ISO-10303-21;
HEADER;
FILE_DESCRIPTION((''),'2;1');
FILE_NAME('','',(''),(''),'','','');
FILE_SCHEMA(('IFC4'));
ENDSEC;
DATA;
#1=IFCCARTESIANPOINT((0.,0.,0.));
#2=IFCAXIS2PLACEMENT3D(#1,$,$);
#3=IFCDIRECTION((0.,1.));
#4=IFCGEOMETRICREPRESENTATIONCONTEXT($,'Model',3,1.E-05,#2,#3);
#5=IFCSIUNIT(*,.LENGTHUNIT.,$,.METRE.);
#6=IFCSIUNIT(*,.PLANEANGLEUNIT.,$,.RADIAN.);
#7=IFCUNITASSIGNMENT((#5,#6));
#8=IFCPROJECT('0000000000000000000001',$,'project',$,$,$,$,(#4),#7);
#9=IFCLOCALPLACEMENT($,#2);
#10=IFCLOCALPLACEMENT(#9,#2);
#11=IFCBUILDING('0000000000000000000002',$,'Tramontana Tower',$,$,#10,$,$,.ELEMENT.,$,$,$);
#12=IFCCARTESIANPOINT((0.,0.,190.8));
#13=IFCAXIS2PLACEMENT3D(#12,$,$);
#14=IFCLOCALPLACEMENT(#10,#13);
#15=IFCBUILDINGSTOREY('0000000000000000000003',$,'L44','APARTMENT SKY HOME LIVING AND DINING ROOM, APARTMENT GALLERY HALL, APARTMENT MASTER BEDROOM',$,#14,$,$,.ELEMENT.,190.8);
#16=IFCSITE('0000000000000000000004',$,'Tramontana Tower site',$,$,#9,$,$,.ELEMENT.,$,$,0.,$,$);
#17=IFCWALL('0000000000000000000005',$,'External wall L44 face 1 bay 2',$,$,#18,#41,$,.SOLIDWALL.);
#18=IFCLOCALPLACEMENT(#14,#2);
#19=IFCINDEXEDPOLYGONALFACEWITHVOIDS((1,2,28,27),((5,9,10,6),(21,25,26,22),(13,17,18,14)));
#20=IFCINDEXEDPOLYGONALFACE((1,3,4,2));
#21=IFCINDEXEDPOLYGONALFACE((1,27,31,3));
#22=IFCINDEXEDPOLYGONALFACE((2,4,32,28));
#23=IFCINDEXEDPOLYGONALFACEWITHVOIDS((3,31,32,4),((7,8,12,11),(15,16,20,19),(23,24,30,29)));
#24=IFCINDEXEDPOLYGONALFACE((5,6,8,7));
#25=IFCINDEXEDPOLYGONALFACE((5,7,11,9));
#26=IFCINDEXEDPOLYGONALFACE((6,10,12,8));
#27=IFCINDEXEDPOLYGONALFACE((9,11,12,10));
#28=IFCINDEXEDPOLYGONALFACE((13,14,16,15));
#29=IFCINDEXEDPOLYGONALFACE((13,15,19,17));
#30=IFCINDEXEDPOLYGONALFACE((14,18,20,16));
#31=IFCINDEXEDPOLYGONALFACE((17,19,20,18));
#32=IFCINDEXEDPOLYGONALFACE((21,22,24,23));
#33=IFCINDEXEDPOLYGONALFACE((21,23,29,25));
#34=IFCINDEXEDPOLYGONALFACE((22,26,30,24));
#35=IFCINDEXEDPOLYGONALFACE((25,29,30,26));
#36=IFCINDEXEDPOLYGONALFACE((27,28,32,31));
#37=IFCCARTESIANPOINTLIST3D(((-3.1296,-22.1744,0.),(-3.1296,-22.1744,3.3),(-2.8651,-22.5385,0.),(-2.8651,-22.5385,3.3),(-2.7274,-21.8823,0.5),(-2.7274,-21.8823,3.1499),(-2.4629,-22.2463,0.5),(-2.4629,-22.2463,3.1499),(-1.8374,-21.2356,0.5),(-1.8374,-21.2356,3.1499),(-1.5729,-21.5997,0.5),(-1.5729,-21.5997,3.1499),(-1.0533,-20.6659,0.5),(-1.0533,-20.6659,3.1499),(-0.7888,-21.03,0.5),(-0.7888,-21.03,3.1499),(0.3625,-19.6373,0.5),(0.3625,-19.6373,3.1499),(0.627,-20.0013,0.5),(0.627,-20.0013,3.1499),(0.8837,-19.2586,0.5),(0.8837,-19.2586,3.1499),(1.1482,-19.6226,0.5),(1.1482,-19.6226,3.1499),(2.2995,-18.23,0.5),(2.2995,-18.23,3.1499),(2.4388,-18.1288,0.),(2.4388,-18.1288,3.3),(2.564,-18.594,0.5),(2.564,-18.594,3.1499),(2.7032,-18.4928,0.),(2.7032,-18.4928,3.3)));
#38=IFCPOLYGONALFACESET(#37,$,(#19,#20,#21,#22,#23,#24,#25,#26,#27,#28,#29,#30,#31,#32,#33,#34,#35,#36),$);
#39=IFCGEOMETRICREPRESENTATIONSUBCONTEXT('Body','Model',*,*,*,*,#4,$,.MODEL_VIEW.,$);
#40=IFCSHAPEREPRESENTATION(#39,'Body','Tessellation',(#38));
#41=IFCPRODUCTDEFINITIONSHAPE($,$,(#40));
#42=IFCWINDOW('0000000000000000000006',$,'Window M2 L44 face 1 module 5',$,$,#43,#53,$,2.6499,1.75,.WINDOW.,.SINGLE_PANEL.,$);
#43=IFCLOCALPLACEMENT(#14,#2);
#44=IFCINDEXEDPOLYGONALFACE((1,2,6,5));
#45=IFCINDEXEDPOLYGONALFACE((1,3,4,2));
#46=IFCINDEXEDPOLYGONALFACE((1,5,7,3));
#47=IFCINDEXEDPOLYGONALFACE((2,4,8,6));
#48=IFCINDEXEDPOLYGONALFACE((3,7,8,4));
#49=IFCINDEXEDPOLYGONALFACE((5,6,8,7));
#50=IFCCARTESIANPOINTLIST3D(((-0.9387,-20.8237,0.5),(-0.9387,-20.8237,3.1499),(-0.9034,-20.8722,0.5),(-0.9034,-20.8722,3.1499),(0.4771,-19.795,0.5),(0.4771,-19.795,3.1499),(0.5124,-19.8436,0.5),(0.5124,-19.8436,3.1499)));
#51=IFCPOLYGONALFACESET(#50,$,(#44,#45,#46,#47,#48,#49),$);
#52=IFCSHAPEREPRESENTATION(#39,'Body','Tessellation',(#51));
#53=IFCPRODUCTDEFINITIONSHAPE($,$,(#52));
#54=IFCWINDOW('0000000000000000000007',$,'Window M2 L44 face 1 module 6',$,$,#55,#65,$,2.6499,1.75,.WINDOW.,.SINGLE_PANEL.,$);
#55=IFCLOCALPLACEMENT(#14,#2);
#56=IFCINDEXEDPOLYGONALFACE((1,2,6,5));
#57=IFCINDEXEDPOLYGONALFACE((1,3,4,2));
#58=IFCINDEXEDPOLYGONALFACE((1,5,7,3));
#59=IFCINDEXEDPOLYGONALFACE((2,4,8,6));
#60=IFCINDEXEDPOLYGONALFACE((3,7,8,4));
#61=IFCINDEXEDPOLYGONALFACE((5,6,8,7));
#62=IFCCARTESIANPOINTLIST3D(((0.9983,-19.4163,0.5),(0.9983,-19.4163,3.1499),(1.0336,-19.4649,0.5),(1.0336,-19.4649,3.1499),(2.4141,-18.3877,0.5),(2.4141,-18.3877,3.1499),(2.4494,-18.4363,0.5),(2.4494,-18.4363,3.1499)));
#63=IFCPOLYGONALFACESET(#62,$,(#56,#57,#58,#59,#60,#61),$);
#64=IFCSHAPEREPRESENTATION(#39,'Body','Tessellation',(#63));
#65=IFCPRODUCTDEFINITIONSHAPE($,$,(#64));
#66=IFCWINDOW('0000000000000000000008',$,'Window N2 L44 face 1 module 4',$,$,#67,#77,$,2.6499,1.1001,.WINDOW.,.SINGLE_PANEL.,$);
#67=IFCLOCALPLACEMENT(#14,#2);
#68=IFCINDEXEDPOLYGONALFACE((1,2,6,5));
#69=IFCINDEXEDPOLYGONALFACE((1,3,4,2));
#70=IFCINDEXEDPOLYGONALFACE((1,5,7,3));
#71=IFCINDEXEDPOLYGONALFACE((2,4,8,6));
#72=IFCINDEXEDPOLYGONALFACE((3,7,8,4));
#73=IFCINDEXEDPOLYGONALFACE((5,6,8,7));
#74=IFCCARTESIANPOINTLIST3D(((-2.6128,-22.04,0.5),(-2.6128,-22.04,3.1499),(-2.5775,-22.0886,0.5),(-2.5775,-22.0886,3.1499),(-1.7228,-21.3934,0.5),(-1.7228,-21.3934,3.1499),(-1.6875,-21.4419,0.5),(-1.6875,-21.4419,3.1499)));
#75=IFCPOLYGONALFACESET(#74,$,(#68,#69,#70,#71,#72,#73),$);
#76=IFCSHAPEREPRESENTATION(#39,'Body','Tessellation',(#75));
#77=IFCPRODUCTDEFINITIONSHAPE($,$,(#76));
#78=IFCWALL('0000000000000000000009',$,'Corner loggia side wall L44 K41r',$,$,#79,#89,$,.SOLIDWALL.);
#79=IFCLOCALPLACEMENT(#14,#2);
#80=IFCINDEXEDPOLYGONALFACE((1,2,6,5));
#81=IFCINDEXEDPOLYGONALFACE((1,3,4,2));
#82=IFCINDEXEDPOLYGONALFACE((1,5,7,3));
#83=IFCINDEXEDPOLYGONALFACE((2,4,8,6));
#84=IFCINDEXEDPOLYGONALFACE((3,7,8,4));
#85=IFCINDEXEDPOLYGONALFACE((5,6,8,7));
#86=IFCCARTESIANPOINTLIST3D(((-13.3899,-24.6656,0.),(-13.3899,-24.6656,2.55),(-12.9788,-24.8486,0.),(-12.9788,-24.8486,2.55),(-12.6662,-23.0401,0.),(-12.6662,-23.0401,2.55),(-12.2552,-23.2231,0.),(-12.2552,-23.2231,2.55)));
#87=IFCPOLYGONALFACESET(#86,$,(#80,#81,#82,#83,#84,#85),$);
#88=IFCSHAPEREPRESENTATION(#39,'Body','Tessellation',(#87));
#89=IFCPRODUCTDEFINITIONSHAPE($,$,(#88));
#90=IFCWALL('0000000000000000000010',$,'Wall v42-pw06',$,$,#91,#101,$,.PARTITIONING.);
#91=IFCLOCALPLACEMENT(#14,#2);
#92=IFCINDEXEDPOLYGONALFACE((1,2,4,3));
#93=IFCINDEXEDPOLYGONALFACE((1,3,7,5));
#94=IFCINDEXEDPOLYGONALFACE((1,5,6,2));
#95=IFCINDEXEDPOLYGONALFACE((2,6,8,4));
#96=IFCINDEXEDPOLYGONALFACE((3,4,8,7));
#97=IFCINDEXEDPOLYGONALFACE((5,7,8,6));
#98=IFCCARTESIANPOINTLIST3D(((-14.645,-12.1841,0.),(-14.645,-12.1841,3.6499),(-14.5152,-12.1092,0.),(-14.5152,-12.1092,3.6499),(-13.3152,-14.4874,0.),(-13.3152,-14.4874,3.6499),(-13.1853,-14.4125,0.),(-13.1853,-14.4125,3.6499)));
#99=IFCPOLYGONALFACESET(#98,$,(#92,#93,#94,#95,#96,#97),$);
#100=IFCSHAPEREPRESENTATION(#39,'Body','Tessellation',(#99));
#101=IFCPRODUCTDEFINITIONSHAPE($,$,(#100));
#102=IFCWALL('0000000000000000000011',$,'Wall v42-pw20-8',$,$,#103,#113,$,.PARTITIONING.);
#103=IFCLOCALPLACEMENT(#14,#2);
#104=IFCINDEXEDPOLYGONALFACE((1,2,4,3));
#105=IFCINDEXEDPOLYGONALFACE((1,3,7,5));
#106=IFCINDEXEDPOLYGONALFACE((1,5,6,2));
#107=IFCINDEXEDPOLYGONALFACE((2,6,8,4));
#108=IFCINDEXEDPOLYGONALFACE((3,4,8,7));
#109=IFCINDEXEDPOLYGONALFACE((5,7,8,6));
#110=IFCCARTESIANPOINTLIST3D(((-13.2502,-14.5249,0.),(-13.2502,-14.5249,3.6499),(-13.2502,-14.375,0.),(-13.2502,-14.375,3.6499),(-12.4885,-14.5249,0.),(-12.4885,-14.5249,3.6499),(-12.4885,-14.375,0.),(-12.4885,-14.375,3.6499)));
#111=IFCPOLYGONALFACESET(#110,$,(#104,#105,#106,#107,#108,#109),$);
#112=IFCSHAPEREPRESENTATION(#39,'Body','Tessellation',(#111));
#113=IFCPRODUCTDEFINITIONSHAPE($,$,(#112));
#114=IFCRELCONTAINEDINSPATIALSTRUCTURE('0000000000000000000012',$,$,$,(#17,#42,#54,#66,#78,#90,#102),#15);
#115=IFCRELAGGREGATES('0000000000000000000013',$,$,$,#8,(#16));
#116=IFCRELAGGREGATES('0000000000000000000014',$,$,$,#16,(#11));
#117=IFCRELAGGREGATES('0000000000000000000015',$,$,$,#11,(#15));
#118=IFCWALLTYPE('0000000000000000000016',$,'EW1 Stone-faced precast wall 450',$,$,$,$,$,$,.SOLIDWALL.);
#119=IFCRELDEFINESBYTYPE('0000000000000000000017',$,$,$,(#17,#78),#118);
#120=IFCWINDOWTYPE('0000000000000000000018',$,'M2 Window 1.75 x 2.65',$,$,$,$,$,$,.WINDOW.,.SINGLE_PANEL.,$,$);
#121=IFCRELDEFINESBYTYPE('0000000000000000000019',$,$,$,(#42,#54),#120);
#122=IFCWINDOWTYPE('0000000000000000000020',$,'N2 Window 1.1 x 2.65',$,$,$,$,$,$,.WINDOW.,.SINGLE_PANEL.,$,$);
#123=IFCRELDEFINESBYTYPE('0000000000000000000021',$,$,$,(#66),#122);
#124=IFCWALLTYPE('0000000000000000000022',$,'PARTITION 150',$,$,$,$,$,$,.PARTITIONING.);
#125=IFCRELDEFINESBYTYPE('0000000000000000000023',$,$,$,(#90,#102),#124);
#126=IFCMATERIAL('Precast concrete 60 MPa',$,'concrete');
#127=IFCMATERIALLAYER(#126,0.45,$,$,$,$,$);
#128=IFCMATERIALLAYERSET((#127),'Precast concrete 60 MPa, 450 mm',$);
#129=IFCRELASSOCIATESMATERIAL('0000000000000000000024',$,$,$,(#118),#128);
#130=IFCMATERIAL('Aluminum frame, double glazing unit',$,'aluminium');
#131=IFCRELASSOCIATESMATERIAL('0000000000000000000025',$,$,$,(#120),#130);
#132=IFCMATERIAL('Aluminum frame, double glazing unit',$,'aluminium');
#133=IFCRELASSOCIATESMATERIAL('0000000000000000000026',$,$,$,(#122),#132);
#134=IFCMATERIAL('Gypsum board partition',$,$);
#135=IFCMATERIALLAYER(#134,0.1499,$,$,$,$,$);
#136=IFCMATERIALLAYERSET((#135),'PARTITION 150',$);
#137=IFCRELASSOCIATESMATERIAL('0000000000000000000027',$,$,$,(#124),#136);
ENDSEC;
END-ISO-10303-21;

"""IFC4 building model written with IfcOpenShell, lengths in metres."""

from ifc_helpers import new_model, si_unit, direction, frame, frame_2d, origin, place, context, subcontext, project, spatial, rectangle, extrude, material, layer, layer_set, type_object, element, fill, save


model = new_model("IFC4")

# Units and contexts
model_context = context("Model", 3, precision=1e-05, world=origin(), true_north=direction((0.0, 1.0)))
body_context = subcontext(model_context, "Body", "Model", "MODEL_VIEW")
ifc_project = project(units=[si_unit("LENGTHUNIT", "METRE"), si_unit("PLANEANGLEUNIT", "RADIAN")], contexts=[model_context])

# Site, building, storey
site_placement = place(None, origin())
site = spatial("IfcSite", under=ifc_project, at=site_placement, Name="Tramontana Tower site", CompositionType="ELEMENT", RefElevation=0.0)
building_placement = place(site_placement, origin())
building = spatial("IfcBuilding", under=site, at=building_placement, Name="Tramontana Tower", CompositionType="ELEMENT")
storey_placement = place(building_placement, frame((0.0, 0.0, 190.8)))
storey = spatial("IfcBuildingStorey", under=building, at=storey_placement, Name="L44", Description="APARTMENT SKY HOME LIVING AND DINING ROOM, APARTMENT GALLERY HALL, APARTMENT MASTER BEDROOM", CompositionType="ELEMENT", Elevation=190.8)

# Wall, openings, windows
ifc_material_1 = material(Name="Precast concrete 60 MPa", Category="concrete")
ifc_layer_1 = layer(ifc_material_1, 0.45)
ifc_layer_set_1 = layer_set([ifc_layer_1], Name="Precast concrete 60 MPa, 450 mm")
wall_type_1 = type_object("IfcWallType", Name="EW1 Stone-faced precast wall 450", PredefinedType="SOLIDWALL", material=ifc_layer_set_1)
ifc_material_2 = material(Name="Aluminum frame, double glazing unit", Category="aluminium")
window_type_1 = type_object("IfcWindowType", Name="M2 Window 1.75 x 2.65", PartitioningType="SINGLE_PANEL", PredefinedType="WINDOW", material=ifc_material_2)
wall_1_placement = place(storey_placement, frame((-2.9973, -22.3564, 0.0), z_axis=(0.0, 0.0, 1.0), x_axis=(0.809017, 0.587786, 0.0)))
wall_1 = element("IfcWall", 1, at=wall_1_placement, inside=storey, type_object=wall_type_1, Name="External wall L44 face 1 bay 2", PredefinedType="SOLIDWALL", context=body_context, shape_type="SweptSolid", body=[
    extrude(rectangle(XDim=6.8828, YDim=0.45, at=frame_2d((3.4414, 0.0))), origin(), (0.0, 0.0, 1.0), 3.3),
])
opening_1_placement = place(wall_1_placement, frame((0.4971, 0.0, 0.5)))
opening_1 = element("IfcOpeningElement", 2, at=opening_1_placement, cuts=wall_1, PredefinedType="OPENING", context=body_context, shape_type="SweptSolid", body=[
    extrude(rectangle(XDim=1.1001, YDim=2.6499, at=frame_2d((0.55, 1.325))), frame((0.0, 0.2349, 0.0), z_axis=(0.0, -1.0, 0.0), x_axis=(1.0, 0.0, 0.0)), (0.0, 0.0, 1.0), 0.47),
])
opening_2_placement = place(wall_1_placement, frame((2.5664, 0.0, 0.5)))
opening_2 = element("IfcOpeningElement", 3, at=opening_2_placement, cuts=wall_1, PredefinedType="OPENING", context=body_context, shape_type="SweptSolid", body=[
    extrude(rectangle(XDim=1.75, YDim=2.6499, at=frame_2d((0.875, 1.325))), frame((0.0, 0.2349, 0.0), z_axis=(0.0, -1.0, 0.0), x_axis=(1.0, 0.0, 0.0)), (0.0, 0.0, 1.0), 0.47),
])
opening_3_placement = place(wall_1_placement, frame((4.9607, 0.0, 0.5)))
opening_3 = element("IfcOpeningElement", 4, at=opening_3_placement, cuts=wall_1, PredefinedType="OPENING", context=body_context, shape_type="SweptSolid", body=[
    extrude(rectangle(XDim=1.75, YDim=2.6499, at=frame_2d((0.875, 1.325))), frame((0.0, 0.2349, 0.0), z_axis=(0.0, -1.0, 0.0), x_axis=(1.0, 0.0, 0.0)), (0.0, 0.0, 1.0), 0.47),
])
window_1_placement = place(opening_2_placement, origin())
window_1 = element("IfcWindow", 5, at=window_1_placement, inside=storey, type_object=window_type_1, Name="Window M2 L44 face 1 module 5", OverallHeight=2.6499, OverallWidth=1.75, PartitioningType="SINGLE_PANEL", PredefinedType="WINDOW", context=body_context, shape_type="SweptSolid", body=[
    extrude(rectangle(XDim=1.75, YDim=2.6499, at=frame_2d((0.875, 1.325))), frame((0.0, 0.03, 0.0), z_axis=(0.0, -1.0, 0.0), x_axis=(1.0, 0.0, 0.0)), (0.0, 0.0, 1.0), 0.0601),
])
fill(opening_2, window_1)
window_2_placement = place(opening_3_placement, origin())
window_2 = element("IfcWindow", 6, at=window_2_placement, inside=storey, type_object=window_type_1, Name="Window M2 L44 face 1 module 6", OverallHeight=2.6499, OverallWidth=1.75, PartitioningType="SINGLE_PANEL", PredefinedType="WINDOW", context=body_context, shape_type="SweptSolid", body=[
    extrude(rectangle(XDim=1.75, YDim=2.6499, at=frame_2d((0.875, 1.325))), frame((0.0, 0.03, 0.0), z_axis=(0.0, -1.0, 0.0), x_axis=(1.0, 0.0, 0.0)), (0.0, 0.0, 1.0), 0.0601),
])
fill(opening_3, window_2)
ifc_material_3 = material(Name="Aluminum frame, double glazing unit", Category="aluminium")
window_type_2 = type_object("IfcWindowType", Name="N2 Window 1.1 x 2.65", PartitioningType="SINGLE_PANEL", PredefinedType="WINDOW", material=ifc_material_3)
window_3_placement = place(opening_1_placement, origin())
window_3 = element("IfcWindow", 7, at=window_3_placement, inside=storey, type_object=window_type_2, Name="Window N2 L44 face 1 module 4", OverallHeight=2.6499, OverallWidth=1.1001, PartitioningType="SINGLE_PANEL", PredefinedType="WINDOW", context=body_context, shape_type="SweptSolid", body=[
    extrude(rectangle(XDim=1.1001, YDim=2.6499, at=frame_2d((0.55, 1.325))), frame((0.0, 0.03, 0.0), z_axis=(0.0, -1.0, 0.0), x_axis=(1.0, 0.0, 0.0)), (0.0, 0.0, 1.0), 0.0601),
])
fill(opening_1, window_3)

# Wall
wall_2_placement = place(storey_placement, frame((-13.1843, -24.7571, 0.0), z_axis=(0.0, 0.0, 1.0), x_axis=(0.406699, 0.913562, 0.0)))
element("IfcWall", 8, at=wall_2_placement, inside=storey, type_object=wall_type_1, Name="Corner loggia side wall L44 K41r", PredefinedType="SOLIDWALL", context=body_context, shape_type="SweptSolid", body=[
    extrude(rectangle(XDim=1.7793, YDim=0.45, at=frame_2d((0.8896, 0.0))), origin(), (0.0, 0.0, 1.0), 2.55),
])

# Walls
ifc_material_4 = material(Name="Gypsum board partition")
ifc_layer_2 = layer(ifc_material_4, 0.1499)
ifc_layer_set_2 = layer_set([ifc_layer_2], Name="PARTITION 150")
wall_type_2 = type_object("IfcWallType", Name="PARTITION 150", PredefinedType="PARTITIONING", material=ifc_layer_set_2)
wall_3_placement = place(storey_placement, frame((-13.2502, -14.45, 0.0), z_axis=(0.0, 0.0, 1.0), x_axis=(-0.500019, 0.866014, 0.0)))
element("IfcWall", 9, at=wall_3_placement, inside=storey, type_object=wall_type_2, Name="Wall v42-pw06", PredefinedType="PARTITIONING", context=body_context, shape_type="SweptSolid", body=[
    extrude(rectangle(XDim=2.6597, YDim=0.1499, at=frame_2d((1.3298, 0.0))), origin(), (0.0, 0.0, 1.0), 3.6499),
])
wall_4_placement = place(storey_placement, frame((-12.4885, -14.45, 0.0), z_axis=(0.0, 0.0, 1.0), x_axis=(-1.0, 0.0, 0.0)))
element("IfcWall", 10, at=wall_4_placement, inside=storey, type_object=wall_type_2, Name="Wall v42-pw20-8", PredefinedType="PARTITIONING", context=body_context, shape_type="SweptSolid", body=[
    extrude(rectangle(XDim=0.7617, YDim=0.1499, at=frame_2d((0.3809, 0.0))), origin(), (0.0, 0.0, 1.0), 3.6499),
])

save(model, "model.ifc")
